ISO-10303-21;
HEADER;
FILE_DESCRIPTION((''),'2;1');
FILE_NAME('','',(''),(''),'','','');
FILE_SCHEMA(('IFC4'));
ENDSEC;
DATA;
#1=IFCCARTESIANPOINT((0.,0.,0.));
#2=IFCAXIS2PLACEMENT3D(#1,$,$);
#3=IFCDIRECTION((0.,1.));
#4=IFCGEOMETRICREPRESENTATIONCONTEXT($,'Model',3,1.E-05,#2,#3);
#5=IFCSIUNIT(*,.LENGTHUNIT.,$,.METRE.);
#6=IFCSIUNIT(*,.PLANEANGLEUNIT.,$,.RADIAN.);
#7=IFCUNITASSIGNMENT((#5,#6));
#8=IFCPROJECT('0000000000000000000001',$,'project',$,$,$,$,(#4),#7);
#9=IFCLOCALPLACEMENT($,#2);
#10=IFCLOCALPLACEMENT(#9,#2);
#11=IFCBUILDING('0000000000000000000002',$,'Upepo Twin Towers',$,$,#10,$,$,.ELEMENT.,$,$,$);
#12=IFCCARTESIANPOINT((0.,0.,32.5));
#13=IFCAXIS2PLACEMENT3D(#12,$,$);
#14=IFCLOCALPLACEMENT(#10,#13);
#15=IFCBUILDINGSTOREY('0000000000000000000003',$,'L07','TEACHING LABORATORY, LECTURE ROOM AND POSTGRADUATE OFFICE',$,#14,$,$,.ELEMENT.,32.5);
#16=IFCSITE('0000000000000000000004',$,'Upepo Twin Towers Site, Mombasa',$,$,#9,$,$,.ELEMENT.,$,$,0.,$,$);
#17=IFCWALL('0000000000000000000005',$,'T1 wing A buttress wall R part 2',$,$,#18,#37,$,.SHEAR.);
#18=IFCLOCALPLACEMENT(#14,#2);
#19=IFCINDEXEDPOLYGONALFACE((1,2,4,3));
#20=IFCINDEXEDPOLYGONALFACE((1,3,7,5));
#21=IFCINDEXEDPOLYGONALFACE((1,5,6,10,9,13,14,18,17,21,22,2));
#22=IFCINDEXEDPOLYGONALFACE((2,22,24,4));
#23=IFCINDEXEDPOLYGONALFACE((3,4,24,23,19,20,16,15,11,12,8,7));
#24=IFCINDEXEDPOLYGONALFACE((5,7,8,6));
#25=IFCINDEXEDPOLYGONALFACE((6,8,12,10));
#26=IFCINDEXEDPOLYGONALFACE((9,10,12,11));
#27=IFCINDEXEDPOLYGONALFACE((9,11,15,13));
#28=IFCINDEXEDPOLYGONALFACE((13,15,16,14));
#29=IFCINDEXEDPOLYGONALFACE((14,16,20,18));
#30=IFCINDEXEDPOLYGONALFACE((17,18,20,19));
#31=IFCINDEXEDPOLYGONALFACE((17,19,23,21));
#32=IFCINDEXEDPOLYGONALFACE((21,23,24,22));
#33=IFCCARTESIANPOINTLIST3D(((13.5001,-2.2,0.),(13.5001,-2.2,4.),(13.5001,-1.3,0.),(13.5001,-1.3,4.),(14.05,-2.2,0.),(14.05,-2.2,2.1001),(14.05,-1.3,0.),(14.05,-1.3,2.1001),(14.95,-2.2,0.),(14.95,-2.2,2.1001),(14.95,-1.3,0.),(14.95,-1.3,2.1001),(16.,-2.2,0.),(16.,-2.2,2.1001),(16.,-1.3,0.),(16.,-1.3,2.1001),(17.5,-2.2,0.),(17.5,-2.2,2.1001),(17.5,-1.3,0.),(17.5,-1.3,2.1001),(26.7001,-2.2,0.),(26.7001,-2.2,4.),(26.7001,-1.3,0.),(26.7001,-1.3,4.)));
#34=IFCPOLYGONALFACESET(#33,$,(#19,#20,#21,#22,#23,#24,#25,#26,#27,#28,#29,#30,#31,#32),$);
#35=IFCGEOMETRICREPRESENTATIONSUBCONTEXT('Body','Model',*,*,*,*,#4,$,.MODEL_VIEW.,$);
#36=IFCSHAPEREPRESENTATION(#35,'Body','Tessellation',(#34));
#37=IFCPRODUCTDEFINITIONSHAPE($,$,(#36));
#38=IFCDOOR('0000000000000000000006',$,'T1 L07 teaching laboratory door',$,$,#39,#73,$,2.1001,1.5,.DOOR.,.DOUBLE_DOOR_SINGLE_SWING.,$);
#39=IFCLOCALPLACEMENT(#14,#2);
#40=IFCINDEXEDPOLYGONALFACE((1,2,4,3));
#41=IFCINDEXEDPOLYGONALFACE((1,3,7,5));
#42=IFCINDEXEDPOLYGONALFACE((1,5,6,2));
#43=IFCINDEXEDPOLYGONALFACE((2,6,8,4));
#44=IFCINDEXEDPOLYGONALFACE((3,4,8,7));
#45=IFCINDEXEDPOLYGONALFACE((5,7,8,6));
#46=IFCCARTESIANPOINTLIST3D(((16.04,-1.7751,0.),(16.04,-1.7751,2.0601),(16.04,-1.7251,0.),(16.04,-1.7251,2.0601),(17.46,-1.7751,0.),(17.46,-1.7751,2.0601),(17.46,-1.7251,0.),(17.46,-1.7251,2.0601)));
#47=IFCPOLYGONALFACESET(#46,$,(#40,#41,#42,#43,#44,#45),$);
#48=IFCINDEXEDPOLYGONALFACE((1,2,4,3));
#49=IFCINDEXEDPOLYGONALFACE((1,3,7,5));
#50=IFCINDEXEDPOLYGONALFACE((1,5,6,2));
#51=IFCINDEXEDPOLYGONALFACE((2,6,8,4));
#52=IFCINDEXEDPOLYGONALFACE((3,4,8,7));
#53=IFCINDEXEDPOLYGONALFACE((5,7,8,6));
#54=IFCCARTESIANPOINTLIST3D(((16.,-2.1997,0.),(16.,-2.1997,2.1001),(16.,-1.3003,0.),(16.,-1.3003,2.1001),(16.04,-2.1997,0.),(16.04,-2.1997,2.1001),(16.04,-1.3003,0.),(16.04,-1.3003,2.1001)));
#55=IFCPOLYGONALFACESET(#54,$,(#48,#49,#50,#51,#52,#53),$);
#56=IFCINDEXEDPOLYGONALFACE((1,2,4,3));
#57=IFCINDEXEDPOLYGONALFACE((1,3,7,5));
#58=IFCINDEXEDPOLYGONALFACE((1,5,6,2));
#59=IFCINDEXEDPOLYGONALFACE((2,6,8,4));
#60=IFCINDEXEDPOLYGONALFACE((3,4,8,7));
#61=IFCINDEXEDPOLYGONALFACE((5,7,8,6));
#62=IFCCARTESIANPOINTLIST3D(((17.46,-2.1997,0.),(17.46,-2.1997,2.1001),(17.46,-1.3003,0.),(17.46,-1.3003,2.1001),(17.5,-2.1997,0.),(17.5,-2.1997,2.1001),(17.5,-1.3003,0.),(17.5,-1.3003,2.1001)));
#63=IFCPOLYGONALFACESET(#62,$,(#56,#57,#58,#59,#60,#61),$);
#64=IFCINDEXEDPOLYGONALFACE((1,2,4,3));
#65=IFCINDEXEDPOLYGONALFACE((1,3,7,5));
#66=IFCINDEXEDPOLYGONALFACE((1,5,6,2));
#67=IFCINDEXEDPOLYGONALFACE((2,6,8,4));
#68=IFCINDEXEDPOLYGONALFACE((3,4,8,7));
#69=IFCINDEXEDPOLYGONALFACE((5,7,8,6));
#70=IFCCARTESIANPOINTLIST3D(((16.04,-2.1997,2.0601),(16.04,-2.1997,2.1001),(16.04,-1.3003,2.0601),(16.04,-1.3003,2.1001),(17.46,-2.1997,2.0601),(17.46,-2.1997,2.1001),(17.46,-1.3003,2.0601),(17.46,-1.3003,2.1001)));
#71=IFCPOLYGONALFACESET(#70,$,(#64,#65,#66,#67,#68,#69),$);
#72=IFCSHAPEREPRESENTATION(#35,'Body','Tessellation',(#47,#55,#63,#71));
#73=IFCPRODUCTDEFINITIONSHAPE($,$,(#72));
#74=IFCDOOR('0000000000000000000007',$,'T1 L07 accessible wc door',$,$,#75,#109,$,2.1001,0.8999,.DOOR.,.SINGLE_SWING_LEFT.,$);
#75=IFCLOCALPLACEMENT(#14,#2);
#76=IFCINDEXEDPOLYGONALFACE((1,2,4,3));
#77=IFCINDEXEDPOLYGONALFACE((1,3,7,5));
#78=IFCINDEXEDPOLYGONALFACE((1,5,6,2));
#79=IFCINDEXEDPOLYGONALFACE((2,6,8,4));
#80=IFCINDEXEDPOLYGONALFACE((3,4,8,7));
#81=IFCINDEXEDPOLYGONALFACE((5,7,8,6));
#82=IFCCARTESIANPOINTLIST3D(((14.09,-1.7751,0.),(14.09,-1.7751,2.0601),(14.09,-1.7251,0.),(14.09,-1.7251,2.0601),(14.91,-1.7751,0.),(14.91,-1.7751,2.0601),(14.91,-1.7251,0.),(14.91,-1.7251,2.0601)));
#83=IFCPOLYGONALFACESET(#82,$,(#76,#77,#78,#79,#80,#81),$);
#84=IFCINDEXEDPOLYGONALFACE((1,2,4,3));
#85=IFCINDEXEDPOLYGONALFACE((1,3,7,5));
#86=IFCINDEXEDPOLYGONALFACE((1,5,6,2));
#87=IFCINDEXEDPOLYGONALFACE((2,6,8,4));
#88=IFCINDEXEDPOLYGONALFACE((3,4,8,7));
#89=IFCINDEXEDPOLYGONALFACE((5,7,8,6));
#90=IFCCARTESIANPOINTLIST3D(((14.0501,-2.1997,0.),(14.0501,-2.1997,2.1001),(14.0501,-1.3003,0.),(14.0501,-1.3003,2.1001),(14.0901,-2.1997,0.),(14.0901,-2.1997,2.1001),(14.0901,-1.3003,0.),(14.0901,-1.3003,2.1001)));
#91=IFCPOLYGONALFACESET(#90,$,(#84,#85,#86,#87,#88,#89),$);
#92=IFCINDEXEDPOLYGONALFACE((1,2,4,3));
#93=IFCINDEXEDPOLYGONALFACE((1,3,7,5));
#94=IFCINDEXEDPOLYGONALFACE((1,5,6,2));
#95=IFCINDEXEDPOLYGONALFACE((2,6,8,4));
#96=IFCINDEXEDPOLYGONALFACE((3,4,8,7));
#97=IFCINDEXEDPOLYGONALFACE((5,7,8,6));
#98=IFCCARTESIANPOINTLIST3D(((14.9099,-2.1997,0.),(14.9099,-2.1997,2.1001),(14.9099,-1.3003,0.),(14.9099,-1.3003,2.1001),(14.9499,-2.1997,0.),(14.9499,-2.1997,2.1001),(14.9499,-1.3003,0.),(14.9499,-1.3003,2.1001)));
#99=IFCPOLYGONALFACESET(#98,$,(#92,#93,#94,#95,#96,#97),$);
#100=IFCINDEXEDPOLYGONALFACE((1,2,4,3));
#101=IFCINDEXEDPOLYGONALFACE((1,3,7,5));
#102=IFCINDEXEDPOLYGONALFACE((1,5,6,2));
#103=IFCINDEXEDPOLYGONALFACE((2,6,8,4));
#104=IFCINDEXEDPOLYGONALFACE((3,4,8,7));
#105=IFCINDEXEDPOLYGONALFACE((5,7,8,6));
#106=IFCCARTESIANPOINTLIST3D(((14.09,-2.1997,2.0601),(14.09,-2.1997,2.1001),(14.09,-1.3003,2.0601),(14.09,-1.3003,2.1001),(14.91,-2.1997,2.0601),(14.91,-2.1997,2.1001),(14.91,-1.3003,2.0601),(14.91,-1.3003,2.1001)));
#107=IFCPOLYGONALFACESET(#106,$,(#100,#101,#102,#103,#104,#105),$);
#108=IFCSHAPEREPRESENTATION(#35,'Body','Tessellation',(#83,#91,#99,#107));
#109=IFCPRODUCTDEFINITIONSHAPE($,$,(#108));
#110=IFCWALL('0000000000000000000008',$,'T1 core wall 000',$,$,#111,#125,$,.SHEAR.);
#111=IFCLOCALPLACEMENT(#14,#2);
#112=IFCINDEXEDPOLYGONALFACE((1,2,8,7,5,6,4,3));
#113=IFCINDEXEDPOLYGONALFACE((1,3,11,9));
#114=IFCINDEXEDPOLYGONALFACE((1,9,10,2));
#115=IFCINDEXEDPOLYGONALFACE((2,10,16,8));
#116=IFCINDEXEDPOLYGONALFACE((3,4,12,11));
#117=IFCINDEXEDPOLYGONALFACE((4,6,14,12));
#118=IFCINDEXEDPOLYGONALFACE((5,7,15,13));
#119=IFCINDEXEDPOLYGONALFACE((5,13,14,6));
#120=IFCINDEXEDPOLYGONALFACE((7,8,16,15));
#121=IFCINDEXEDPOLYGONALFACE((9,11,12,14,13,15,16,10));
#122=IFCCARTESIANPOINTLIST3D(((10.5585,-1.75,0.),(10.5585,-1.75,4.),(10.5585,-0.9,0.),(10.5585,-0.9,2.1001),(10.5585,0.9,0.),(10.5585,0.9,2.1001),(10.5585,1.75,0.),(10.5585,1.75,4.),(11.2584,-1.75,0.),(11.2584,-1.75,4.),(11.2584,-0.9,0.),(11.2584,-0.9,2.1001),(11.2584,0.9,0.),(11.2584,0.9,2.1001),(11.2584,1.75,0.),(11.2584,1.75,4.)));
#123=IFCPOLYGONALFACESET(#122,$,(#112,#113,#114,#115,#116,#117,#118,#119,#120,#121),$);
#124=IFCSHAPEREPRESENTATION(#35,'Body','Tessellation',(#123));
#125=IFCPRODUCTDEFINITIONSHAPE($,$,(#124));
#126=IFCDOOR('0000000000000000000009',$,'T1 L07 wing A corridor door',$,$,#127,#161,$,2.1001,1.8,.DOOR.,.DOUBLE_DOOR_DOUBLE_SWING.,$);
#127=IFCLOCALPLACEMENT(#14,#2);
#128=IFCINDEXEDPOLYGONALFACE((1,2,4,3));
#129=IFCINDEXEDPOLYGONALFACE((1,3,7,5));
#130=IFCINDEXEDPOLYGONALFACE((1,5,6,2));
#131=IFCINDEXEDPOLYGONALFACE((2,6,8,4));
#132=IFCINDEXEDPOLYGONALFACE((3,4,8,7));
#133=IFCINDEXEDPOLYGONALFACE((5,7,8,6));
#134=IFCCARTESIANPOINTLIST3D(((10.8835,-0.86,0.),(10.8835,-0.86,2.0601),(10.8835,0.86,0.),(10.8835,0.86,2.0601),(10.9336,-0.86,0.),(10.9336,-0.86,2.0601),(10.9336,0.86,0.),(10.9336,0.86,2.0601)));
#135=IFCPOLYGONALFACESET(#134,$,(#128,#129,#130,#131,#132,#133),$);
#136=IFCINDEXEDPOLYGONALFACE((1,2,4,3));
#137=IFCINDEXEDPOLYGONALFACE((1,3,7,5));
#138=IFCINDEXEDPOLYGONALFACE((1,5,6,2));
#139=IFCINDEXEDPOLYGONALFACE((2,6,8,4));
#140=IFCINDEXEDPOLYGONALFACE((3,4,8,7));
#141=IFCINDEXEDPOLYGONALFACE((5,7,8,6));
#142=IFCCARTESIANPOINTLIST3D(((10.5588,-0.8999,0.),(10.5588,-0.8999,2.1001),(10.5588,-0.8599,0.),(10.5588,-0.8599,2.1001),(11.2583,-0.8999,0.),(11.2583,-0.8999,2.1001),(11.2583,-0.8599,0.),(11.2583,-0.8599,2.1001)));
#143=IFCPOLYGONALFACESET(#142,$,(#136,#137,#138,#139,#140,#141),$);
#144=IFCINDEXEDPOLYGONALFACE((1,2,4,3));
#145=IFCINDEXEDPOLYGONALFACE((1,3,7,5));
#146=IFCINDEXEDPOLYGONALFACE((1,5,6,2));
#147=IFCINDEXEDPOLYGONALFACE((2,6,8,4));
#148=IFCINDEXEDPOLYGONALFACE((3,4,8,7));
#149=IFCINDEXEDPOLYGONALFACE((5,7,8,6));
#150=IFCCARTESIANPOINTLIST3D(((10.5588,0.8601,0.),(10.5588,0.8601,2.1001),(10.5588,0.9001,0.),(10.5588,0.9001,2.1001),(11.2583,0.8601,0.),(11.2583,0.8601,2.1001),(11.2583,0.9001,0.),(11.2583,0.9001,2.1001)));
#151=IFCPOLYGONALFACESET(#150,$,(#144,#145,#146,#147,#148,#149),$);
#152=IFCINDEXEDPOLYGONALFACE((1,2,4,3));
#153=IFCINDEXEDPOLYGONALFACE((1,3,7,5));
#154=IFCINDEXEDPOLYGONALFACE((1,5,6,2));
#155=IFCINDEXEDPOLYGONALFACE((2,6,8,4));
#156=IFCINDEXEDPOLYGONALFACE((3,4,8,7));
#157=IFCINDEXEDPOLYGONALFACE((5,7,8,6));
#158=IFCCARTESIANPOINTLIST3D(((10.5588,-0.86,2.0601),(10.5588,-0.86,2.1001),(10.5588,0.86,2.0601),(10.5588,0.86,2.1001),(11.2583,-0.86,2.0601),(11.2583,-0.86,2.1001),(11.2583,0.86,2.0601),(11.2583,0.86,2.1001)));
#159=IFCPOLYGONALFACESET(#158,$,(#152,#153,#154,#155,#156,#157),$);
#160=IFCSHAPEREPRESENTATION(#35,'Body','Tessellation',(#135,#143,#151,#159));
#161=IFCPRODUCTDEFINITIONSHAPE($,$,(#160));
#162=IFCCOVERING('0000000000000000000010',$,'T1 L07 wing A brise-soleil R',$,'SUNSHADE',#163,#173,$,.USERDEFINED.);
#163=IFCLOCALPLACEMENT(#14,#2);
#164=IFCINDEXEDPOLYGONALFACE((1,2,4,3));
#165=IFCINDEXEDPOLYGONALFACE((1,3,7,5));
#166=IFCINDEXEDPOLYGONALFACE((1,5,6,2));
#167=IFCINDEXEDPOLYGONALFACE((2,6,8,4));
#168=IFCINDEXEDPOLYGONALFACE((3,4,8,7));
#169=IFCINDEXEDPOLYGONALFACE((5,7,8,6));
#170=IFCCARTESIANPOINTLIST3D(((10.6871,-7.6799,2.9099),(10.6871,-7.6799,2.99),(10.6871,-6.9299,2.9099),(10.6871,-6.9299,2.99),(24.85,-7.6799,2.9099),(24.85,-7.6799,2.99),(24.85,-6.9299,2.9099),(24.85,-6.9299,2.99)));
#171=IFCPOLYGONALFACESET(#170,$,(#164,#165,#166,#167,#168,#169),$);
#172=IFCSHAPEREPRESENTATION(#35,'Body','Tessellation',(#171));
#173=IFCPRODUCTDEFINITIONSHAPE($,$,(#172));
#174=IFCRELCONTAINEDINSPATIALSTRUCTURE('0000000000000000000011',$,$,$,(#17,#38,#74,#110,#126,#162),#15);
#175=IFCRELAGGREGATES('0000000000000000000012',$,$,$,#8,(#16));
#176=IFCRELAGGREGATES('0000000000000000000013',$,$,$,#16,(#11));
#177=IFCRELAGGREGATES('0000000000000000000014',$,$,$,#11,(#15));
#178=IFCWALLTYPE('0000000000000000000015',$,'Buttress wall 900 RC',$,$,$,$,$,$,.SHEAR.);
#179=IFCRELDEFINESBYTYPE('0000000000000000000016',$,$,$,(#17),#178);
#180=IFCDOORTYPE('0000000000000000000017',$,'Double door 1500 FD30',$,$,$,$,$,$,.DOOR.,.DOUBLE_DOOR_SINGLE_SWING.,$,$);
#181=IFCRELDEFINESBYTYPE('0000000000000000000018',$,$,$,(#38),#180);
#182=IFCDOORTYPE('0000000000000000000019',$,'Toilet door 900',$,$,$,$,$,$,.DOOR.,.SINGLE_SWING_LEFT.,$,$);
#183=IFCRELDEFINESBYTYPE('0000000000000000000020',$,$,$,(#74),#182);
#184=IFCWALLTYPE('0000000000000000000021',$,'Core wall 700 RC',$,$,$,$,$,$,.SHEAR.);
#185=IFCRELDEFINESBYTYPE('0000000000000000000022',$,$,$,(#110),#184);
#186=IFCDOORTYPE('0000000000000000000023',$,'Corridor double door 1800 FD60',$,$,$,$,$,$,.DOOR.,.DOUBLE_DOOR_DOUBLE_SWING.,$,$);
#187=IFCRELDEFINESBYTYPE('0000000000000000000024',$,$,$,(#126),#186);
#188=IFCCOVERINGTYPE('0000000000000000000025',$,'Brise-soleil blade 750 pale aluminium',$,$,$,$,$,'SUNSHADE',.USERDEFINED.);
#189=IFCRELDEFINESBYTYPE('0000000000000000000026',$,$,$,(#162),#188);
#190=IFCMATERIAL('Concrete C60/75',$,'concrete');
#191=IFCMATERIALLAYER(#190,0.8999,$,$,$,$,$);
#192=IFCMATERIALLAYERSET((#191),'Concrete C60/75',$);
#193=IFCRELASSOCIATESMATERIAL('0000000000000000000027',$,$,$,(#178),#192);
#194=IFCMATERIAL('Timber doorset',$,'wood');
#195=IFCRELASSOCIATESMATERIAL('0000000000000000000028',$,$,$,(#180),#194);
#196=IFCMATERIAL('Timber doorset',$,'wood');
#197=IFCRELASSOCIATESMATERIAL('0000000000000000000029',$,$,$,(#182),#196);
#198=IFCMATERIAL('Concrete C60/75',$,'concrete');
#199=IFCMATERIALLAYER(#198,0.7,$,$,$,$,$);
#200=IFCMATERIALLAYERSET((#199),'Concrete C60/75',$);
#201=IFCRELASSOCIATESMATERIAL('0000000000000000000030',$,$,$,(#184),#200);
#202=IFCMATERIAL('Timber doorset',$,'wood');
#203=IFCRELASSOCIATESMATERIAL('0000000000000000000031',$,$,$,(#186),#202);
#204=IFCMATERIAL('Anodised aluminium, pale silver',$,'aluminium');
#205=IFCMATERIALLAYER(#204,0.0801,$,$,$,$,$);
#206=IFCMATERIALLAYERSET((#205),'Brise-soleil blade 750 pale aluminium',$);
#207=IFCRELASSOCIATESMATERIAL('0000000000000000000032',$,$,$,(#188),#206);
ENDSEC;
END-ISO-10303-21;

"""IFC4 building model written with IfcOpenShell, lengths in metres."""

from ifc_helpers import new_model, si_unit, direction, frame, frame_2d, origin, origin_2d, place, context, subcontext, project, spatial, rectangle, extrude, material, layer, layer_set, type_object, element, fill, save


model = new_model("IFC4")

# Units and contexts
model_context = context("Model", 3, precision=1e-05, world=origin(), true_north=direction((0.0, 1.0)))
body_context = subcontext(model_context, "Body", "Model", "MODEL_VIEW")
ifc_project = project(units=[si_unit("LENGTHUNIT", "METRE"), si_unit("PLANEANGLEUNIT", "RADIAN")], contexts=[model_context])

# Site, building, storey
site_placement = place(None, origin())
site = spatial("IfcSite", under=ifc_project, at=site_placement, Name="Upepo Twin Towers Site, Mombasa", CompositionType="ELEMENT", RefElevation=0.0)
building_placement = place(site_placement, origin())
building = spatial("IfcBuilding", under=site, at=building_placement, Name="Upepo Twin Towers", CompositionType="ELEMENT")
storey_placement = place(building_placement, frame((0.0, 0.0, 32.5)))
storey = spatial("IfcBuildingStorey", under=building, at=storey_placement, Name="L07", Description="TEACHING LABORATORY, LECTURE ROOM AND POSTGRADUATE OFFICE", CompositionType="ELEMENT", Elevation=32.5)

# Wall, openings, doors
ifc_material_1 = material(Name="Concrete C60/75", Category="concrete")
ifc_layer_1 = layer(ifc_material_1, 0.8999)
ifc_layer_set_1 = layer_set([ifc_layer_1], Name="Concrete C60/75")
wall_type_1 = type_object("IfcWallType", Name="Buttress wall 900 RC", PredefinedType="SHEAR", material=ifc_layer_set_1)
wall_1_placement = place(storey_placement, frame((13.5, -1.75, 0.0), z_axis=(0.0, 0.0, 1.0), x_axis=(1.0, 0.0, 0.0)))
wall_1 = element("IfcWall", 1, at=wall_1_placement, inside=storey, type_object=wall_type_1, Name="T1 wing A buttress wall R part 2", PredefinedType="SHEAR", context=body_context, shape_type="SweptSolid", body=[
    extrude(rectangle(XDim=13.2, YDim=0.8999, at=frame_2d((6.6001, 0.0))), origin(), (0.0, 0.0, 1.0), 4.0),
])
opening_1_placement = place(wall_1_placement, frame((0.55, 0.0, 0.0)))
opening_1 = element("IfcOpeningElement", 2, at=opening_1_placement, cuts=wall_1, PredefinedType="OPENING", context=body_context, shape_type="SweptSolid", body=[
    extrude(rectangle(XDim=0.8999, YDim=2.1001, at=frame_2d((0.45, 1.05))), frame((0.0, 0.46, 0.0), z_axis=(0.0, -1.0, 0.0), x_axis=(1.0, 0.0, 0.0)), (0.0, 0.0, 1.0), 0.9199),
])
opening_2_placement = place(wall_1_placement, frame((2.5, 0.0, 0.0)))
opening_2 = element("IfcOpeningElement", 3, at=opening_2_placement, cuts=wall_1, PredefinedType="OPENING", context=body_context, shape_type="SweptSolid", body=[
    extrude(rectangle(XDim=1.5, YDim=2.1001, at=frame_2d((0.75, 1.05))), frame((0.0, 0.46, 0.0), z_axis=(0.0, -1.0, 0.0), x_axis=(1.0, 0.0, 0.0)), (0.0, 0.0, 1.0), 0.9199),
])
ifc_material_2 = material(Name="Timber doorset", Category="wood")
door_type_1 = type_object("IfcDoorType", Name="Double door 1500 FD30", OperationType="DOUBLE_DOOR_SINGLE_SWING", PredefinedType="DOOR", material=ifc_material_2)
door_1_placement = place(opening_2_placement, origin())
door_1 = element("IfcDoor", 4, at=door_1_placement, inside=storey, type_object=door_type_1, Name="T1 L07 teaching laboratory door", OperationType="DOUBLE_DOOR_SINGLE_SWING", OverallHeight=2.1001, OverallWidth=1.5, PredefinedType="DOOR", context=body_context, shape_type="SweptSolid", body=[
    extrude(rectangle(XDim=1.42, YDim=2.0601, at=frame_2d((0.75, 1.03))), frame((0.0, 0.0249, 0.0), z_axis=(0.0, -1.0, 0.0), x_axis=(1.0, 0.0, 0.0)), (0.0, 0.0, 1.0), 0.05),
    extrude(rectangle(XDim=0.04, YDim=2.1001, at=frame_2d((0.02, 1.05))), frame((0.0, 0.4497, 0.0), z_axis=(0.0, -1.0, 0.0), x_axis=(1.0, 0.0, 0.0)), (0.0, 0.0, 1.0), 0.8994),
    extrude(rectangle(XDim=0.04, YDim=2.1001, at=frame_2d((1.48, 1.05))), frame((0.0, 0.4497, 0.0), z_axis=(0.0, -1.0, 0.0), x_axis=(1.0, 0.0, 0.0)), (0.0, 0.0, 1.0), 0.8994),
    extrude(rectangle(XDim=1.42, YDim=0.04, at=frame_2d((0.75, 2.0801))), frame((0.0, 0.4497, 0.0), z_axis=(0.0, -1.0, 0.0), x_axis=(1.0, 0.0, 0.0)), (0.0, 0.0, 1.0), 0.8994),
])
fill(opening_2, door_1)
ifc_material_3 = material(Name="Timber doorset", Category="wood")
door_type_2 = type_object("IfcDoorType", Name="Toilet door 900", OperationType="SINGLE_SWING_LEFT", PredefinedType="DOOR", material=ifc_material_3)
door_2_placement = place(opening_1_placement, origin())
door_2 = element("IfcDoor", 5, at=door_2_placement, inside=storey, type_object=door_type_2, Name="T1 L07 accessible wc door", OperationType="SINGLE_SWING_LEFT", OverallHeight=2.1001, OverallWidth=0.8999, PredefinedType="DOOR", context=body_context, shape_type="SweptSolid", body=[
    extrude(rectangle(XDim=0.8199, YDim=2.0601, at=frame_2d((0.45, 1.03))), frame((0.0, 0.0249, 0.0), z_axis=(0.0, -1.0, 0.0), x_axis=(1.0, 0.0, 0.0)), (0.0, 0.0, 1.0), 0.05),
    extrude(rectangle(XDim=0.04, YDim=2.1001, at=frame_2d((0.02, 1.05))), frame((0.0, 0.4497, 0.0), z_axis=(0.0, -1.0, 0.0), x_axis=(1.0, 0.0, 0.0)), (0.0, 0.0, 1.0), 0.8994),
    extrude(rectangle(XDim=0.04, YDim=2.1001, at=frame_2d((0.8799, 1.05))), frame((0.0, 0.4497, 0.0), z_axis=(0.0, -1.0, 0.0), x_axis=(1.0, 0.0, 0.0)), (0.0, 0.0, 1.0), 0.8994),
    extrude(rectangle(XDim=0.8199, YDim=0.04, at=frame_2d((0.45, 2.0801))), frame((0.0, 0.4497, 0.0), z_axis=(0.0, -1.0, 0.0), x_axis=(1.0, 0.0, 0.0)), (0.0, 0.0, 1.0), 0.8994),
])
fill(opening_1, door_2)

# Wall, opening, door
ifc_material_4 = material(Name="Concrete C60/75", Category="concrete")
ifc_layer_2 = layer(ifc_material_4, 0.7)
ifc_layer_set_2 = layer_set([ifc_layer_2], Name="Concrete C60/75")
wall_type_2 = type_object("IfcWallType", Name="Core wall 700 RC", PredefinedType="SHEAR", material=ifc_layer_set_2)
wall_2_placement = place(storey_placement, frame((10.9084, -1.75, 0.0), z_axis=(0.0, 0.0, 1.0), x_axis=(0.0, 1.0, 0.0)))
wall_2 = element("IfcWall", 6, at=wall_2_placement, inside=storey, type_object=wall_type_2, Name="T1 core wall 000", PredefinedType="SHEAR", context=body_context, shape_type="SweptSolid", body=[
    extrude(rectangle(XDim=3.5, YDim=0.7, at=frame_2d((1.75, 0.0))), origin(), (0.0, 0.0, 1.0), 4.0),
])
opening_3_placement = place(wall_2_placement, frame((0.8501, 0.0, 0.0)))
opening_3 = element("IfcOpeningElement", 7, at=opening_3_placement, cuts=wall_2, PredefinedType="OPENING", context=body_context, shape_type="SweptSolid", body=[
    extrude(rectangle(XDim=1.8, YDim=2.1001, at=frame_2d((0.8999, 1.05))), frame((0.0, 0.3599, 0.0), z_axis=(0.0, -1.0, 0.0), x_axis=(1.0, 0.0, 0.0)), (0.0, 0.0, 1.0), 0.72),
])
ifc_material_5 = material(Name="Timber doorset", Category="wood")
door_type_3 = type_object("IfcDoorType", Name="Corridor double door 1800 FD60", OperationType="DOUBLE_DOOR_DOUBLE_SWING", PredefinedType="DOOR", material=ifc_material_5)
door_3_placement = place(opening_3_placement, origin())
door_3 = element("IfcDoor", 8, at=door_3_placement, inside=storey, type_object=door_type_3, Name="T1 L07 wing A corridor door", OperationType="DOUBLE_DOOR_DOUBLE_SWING", OverallHeight=2.1001, OverallWidth=1.8, PredefinedType="DOOR", context=body_context, shape_type="SweptSolid", body=[
    extrude(rectangle(XDim=1.72, YDim=2.0601, at=frame_2d((0.8999, 1.03))), frame((0.0, 0.0249, 0.0), z_axis=(0.0, -1.0, 0.0), x_axis=(1.0, 0.0, 0.0)), (0.0, 0.0, 1.0), 0.05),
    extrude(rectangle(XDim=0.04, YDim=2.1001, at=frame_2d((0.02, 1.05))), frame((0.0, 0.3496, 0.0), z_axis=(0.0, -1.0, 0.0), x_axis=(1.0, 0.0, 0.0)), (0.0, 0.0, 1.0), 0.6995),
    extrude(rectangle(XDim=0.04, YDim=2.1001, at=frame_2d((1.78, 1.05))), frame((0.0, 0.3496, 0.0), z_axis=(0.0, -1.0, 0.0), x_axis=(1.0, 0.0, 0.0)), (0.0, 0.0, 1.0), 0.6995),
    extrude(rectangle(XDim=1.72, YDim=0.04, at=frame_2d((0.8999, 2.0801))), frame((0.0, 0.3496, 0.0), z_axis=(0.0, -1.0, 0.0), x_axis=(1.0, 0.0, 0.0)), (0.0, 0.0, 1.0), 0.6995),
])
fill(opening_3, door_3)

# Covering
ifc_material_6 = material(Name="Anodised aluminium, pale silver", Category="aluminium")
ifc_layer_3 = layer(ifc_material_6, 0.0801)
ifc_layer_set_3 = layer_set([ifc_layer_3], Name="Brise-soleil blade 750 pale aluminium")
covering_type = type_object("IfcCoveringType", Name="Brise-soleil blade 750 pale aluminium", ElementType="SUNSHADE", PredefinedType="USERDEFINED", material=ifc_layer_set_3)
covering_placement = place(storey_placement, frame((17.7686, -7.3049, 2.9099), z_axis=(0.0, 0.0, 1.0), x_axis=(1.0, 0.0, 0.0)))
element("IfcCovering", 9, at=covering_placement, inside=storey, type_object=covering_type, Name="T1 L07 wing A brise-soleil R", ObjectType="SUNSHADE", PredefinedType="USERDEFINED", context=body_context, shape_type="SweptSolid", body=[
    extrude(rectangle(XDim=14.1628, YDim=0.75, at=origin_2d()), origin(), (0.0, 0.0, 1.0), 0.0801),
])

save(model, "model.ifc")
